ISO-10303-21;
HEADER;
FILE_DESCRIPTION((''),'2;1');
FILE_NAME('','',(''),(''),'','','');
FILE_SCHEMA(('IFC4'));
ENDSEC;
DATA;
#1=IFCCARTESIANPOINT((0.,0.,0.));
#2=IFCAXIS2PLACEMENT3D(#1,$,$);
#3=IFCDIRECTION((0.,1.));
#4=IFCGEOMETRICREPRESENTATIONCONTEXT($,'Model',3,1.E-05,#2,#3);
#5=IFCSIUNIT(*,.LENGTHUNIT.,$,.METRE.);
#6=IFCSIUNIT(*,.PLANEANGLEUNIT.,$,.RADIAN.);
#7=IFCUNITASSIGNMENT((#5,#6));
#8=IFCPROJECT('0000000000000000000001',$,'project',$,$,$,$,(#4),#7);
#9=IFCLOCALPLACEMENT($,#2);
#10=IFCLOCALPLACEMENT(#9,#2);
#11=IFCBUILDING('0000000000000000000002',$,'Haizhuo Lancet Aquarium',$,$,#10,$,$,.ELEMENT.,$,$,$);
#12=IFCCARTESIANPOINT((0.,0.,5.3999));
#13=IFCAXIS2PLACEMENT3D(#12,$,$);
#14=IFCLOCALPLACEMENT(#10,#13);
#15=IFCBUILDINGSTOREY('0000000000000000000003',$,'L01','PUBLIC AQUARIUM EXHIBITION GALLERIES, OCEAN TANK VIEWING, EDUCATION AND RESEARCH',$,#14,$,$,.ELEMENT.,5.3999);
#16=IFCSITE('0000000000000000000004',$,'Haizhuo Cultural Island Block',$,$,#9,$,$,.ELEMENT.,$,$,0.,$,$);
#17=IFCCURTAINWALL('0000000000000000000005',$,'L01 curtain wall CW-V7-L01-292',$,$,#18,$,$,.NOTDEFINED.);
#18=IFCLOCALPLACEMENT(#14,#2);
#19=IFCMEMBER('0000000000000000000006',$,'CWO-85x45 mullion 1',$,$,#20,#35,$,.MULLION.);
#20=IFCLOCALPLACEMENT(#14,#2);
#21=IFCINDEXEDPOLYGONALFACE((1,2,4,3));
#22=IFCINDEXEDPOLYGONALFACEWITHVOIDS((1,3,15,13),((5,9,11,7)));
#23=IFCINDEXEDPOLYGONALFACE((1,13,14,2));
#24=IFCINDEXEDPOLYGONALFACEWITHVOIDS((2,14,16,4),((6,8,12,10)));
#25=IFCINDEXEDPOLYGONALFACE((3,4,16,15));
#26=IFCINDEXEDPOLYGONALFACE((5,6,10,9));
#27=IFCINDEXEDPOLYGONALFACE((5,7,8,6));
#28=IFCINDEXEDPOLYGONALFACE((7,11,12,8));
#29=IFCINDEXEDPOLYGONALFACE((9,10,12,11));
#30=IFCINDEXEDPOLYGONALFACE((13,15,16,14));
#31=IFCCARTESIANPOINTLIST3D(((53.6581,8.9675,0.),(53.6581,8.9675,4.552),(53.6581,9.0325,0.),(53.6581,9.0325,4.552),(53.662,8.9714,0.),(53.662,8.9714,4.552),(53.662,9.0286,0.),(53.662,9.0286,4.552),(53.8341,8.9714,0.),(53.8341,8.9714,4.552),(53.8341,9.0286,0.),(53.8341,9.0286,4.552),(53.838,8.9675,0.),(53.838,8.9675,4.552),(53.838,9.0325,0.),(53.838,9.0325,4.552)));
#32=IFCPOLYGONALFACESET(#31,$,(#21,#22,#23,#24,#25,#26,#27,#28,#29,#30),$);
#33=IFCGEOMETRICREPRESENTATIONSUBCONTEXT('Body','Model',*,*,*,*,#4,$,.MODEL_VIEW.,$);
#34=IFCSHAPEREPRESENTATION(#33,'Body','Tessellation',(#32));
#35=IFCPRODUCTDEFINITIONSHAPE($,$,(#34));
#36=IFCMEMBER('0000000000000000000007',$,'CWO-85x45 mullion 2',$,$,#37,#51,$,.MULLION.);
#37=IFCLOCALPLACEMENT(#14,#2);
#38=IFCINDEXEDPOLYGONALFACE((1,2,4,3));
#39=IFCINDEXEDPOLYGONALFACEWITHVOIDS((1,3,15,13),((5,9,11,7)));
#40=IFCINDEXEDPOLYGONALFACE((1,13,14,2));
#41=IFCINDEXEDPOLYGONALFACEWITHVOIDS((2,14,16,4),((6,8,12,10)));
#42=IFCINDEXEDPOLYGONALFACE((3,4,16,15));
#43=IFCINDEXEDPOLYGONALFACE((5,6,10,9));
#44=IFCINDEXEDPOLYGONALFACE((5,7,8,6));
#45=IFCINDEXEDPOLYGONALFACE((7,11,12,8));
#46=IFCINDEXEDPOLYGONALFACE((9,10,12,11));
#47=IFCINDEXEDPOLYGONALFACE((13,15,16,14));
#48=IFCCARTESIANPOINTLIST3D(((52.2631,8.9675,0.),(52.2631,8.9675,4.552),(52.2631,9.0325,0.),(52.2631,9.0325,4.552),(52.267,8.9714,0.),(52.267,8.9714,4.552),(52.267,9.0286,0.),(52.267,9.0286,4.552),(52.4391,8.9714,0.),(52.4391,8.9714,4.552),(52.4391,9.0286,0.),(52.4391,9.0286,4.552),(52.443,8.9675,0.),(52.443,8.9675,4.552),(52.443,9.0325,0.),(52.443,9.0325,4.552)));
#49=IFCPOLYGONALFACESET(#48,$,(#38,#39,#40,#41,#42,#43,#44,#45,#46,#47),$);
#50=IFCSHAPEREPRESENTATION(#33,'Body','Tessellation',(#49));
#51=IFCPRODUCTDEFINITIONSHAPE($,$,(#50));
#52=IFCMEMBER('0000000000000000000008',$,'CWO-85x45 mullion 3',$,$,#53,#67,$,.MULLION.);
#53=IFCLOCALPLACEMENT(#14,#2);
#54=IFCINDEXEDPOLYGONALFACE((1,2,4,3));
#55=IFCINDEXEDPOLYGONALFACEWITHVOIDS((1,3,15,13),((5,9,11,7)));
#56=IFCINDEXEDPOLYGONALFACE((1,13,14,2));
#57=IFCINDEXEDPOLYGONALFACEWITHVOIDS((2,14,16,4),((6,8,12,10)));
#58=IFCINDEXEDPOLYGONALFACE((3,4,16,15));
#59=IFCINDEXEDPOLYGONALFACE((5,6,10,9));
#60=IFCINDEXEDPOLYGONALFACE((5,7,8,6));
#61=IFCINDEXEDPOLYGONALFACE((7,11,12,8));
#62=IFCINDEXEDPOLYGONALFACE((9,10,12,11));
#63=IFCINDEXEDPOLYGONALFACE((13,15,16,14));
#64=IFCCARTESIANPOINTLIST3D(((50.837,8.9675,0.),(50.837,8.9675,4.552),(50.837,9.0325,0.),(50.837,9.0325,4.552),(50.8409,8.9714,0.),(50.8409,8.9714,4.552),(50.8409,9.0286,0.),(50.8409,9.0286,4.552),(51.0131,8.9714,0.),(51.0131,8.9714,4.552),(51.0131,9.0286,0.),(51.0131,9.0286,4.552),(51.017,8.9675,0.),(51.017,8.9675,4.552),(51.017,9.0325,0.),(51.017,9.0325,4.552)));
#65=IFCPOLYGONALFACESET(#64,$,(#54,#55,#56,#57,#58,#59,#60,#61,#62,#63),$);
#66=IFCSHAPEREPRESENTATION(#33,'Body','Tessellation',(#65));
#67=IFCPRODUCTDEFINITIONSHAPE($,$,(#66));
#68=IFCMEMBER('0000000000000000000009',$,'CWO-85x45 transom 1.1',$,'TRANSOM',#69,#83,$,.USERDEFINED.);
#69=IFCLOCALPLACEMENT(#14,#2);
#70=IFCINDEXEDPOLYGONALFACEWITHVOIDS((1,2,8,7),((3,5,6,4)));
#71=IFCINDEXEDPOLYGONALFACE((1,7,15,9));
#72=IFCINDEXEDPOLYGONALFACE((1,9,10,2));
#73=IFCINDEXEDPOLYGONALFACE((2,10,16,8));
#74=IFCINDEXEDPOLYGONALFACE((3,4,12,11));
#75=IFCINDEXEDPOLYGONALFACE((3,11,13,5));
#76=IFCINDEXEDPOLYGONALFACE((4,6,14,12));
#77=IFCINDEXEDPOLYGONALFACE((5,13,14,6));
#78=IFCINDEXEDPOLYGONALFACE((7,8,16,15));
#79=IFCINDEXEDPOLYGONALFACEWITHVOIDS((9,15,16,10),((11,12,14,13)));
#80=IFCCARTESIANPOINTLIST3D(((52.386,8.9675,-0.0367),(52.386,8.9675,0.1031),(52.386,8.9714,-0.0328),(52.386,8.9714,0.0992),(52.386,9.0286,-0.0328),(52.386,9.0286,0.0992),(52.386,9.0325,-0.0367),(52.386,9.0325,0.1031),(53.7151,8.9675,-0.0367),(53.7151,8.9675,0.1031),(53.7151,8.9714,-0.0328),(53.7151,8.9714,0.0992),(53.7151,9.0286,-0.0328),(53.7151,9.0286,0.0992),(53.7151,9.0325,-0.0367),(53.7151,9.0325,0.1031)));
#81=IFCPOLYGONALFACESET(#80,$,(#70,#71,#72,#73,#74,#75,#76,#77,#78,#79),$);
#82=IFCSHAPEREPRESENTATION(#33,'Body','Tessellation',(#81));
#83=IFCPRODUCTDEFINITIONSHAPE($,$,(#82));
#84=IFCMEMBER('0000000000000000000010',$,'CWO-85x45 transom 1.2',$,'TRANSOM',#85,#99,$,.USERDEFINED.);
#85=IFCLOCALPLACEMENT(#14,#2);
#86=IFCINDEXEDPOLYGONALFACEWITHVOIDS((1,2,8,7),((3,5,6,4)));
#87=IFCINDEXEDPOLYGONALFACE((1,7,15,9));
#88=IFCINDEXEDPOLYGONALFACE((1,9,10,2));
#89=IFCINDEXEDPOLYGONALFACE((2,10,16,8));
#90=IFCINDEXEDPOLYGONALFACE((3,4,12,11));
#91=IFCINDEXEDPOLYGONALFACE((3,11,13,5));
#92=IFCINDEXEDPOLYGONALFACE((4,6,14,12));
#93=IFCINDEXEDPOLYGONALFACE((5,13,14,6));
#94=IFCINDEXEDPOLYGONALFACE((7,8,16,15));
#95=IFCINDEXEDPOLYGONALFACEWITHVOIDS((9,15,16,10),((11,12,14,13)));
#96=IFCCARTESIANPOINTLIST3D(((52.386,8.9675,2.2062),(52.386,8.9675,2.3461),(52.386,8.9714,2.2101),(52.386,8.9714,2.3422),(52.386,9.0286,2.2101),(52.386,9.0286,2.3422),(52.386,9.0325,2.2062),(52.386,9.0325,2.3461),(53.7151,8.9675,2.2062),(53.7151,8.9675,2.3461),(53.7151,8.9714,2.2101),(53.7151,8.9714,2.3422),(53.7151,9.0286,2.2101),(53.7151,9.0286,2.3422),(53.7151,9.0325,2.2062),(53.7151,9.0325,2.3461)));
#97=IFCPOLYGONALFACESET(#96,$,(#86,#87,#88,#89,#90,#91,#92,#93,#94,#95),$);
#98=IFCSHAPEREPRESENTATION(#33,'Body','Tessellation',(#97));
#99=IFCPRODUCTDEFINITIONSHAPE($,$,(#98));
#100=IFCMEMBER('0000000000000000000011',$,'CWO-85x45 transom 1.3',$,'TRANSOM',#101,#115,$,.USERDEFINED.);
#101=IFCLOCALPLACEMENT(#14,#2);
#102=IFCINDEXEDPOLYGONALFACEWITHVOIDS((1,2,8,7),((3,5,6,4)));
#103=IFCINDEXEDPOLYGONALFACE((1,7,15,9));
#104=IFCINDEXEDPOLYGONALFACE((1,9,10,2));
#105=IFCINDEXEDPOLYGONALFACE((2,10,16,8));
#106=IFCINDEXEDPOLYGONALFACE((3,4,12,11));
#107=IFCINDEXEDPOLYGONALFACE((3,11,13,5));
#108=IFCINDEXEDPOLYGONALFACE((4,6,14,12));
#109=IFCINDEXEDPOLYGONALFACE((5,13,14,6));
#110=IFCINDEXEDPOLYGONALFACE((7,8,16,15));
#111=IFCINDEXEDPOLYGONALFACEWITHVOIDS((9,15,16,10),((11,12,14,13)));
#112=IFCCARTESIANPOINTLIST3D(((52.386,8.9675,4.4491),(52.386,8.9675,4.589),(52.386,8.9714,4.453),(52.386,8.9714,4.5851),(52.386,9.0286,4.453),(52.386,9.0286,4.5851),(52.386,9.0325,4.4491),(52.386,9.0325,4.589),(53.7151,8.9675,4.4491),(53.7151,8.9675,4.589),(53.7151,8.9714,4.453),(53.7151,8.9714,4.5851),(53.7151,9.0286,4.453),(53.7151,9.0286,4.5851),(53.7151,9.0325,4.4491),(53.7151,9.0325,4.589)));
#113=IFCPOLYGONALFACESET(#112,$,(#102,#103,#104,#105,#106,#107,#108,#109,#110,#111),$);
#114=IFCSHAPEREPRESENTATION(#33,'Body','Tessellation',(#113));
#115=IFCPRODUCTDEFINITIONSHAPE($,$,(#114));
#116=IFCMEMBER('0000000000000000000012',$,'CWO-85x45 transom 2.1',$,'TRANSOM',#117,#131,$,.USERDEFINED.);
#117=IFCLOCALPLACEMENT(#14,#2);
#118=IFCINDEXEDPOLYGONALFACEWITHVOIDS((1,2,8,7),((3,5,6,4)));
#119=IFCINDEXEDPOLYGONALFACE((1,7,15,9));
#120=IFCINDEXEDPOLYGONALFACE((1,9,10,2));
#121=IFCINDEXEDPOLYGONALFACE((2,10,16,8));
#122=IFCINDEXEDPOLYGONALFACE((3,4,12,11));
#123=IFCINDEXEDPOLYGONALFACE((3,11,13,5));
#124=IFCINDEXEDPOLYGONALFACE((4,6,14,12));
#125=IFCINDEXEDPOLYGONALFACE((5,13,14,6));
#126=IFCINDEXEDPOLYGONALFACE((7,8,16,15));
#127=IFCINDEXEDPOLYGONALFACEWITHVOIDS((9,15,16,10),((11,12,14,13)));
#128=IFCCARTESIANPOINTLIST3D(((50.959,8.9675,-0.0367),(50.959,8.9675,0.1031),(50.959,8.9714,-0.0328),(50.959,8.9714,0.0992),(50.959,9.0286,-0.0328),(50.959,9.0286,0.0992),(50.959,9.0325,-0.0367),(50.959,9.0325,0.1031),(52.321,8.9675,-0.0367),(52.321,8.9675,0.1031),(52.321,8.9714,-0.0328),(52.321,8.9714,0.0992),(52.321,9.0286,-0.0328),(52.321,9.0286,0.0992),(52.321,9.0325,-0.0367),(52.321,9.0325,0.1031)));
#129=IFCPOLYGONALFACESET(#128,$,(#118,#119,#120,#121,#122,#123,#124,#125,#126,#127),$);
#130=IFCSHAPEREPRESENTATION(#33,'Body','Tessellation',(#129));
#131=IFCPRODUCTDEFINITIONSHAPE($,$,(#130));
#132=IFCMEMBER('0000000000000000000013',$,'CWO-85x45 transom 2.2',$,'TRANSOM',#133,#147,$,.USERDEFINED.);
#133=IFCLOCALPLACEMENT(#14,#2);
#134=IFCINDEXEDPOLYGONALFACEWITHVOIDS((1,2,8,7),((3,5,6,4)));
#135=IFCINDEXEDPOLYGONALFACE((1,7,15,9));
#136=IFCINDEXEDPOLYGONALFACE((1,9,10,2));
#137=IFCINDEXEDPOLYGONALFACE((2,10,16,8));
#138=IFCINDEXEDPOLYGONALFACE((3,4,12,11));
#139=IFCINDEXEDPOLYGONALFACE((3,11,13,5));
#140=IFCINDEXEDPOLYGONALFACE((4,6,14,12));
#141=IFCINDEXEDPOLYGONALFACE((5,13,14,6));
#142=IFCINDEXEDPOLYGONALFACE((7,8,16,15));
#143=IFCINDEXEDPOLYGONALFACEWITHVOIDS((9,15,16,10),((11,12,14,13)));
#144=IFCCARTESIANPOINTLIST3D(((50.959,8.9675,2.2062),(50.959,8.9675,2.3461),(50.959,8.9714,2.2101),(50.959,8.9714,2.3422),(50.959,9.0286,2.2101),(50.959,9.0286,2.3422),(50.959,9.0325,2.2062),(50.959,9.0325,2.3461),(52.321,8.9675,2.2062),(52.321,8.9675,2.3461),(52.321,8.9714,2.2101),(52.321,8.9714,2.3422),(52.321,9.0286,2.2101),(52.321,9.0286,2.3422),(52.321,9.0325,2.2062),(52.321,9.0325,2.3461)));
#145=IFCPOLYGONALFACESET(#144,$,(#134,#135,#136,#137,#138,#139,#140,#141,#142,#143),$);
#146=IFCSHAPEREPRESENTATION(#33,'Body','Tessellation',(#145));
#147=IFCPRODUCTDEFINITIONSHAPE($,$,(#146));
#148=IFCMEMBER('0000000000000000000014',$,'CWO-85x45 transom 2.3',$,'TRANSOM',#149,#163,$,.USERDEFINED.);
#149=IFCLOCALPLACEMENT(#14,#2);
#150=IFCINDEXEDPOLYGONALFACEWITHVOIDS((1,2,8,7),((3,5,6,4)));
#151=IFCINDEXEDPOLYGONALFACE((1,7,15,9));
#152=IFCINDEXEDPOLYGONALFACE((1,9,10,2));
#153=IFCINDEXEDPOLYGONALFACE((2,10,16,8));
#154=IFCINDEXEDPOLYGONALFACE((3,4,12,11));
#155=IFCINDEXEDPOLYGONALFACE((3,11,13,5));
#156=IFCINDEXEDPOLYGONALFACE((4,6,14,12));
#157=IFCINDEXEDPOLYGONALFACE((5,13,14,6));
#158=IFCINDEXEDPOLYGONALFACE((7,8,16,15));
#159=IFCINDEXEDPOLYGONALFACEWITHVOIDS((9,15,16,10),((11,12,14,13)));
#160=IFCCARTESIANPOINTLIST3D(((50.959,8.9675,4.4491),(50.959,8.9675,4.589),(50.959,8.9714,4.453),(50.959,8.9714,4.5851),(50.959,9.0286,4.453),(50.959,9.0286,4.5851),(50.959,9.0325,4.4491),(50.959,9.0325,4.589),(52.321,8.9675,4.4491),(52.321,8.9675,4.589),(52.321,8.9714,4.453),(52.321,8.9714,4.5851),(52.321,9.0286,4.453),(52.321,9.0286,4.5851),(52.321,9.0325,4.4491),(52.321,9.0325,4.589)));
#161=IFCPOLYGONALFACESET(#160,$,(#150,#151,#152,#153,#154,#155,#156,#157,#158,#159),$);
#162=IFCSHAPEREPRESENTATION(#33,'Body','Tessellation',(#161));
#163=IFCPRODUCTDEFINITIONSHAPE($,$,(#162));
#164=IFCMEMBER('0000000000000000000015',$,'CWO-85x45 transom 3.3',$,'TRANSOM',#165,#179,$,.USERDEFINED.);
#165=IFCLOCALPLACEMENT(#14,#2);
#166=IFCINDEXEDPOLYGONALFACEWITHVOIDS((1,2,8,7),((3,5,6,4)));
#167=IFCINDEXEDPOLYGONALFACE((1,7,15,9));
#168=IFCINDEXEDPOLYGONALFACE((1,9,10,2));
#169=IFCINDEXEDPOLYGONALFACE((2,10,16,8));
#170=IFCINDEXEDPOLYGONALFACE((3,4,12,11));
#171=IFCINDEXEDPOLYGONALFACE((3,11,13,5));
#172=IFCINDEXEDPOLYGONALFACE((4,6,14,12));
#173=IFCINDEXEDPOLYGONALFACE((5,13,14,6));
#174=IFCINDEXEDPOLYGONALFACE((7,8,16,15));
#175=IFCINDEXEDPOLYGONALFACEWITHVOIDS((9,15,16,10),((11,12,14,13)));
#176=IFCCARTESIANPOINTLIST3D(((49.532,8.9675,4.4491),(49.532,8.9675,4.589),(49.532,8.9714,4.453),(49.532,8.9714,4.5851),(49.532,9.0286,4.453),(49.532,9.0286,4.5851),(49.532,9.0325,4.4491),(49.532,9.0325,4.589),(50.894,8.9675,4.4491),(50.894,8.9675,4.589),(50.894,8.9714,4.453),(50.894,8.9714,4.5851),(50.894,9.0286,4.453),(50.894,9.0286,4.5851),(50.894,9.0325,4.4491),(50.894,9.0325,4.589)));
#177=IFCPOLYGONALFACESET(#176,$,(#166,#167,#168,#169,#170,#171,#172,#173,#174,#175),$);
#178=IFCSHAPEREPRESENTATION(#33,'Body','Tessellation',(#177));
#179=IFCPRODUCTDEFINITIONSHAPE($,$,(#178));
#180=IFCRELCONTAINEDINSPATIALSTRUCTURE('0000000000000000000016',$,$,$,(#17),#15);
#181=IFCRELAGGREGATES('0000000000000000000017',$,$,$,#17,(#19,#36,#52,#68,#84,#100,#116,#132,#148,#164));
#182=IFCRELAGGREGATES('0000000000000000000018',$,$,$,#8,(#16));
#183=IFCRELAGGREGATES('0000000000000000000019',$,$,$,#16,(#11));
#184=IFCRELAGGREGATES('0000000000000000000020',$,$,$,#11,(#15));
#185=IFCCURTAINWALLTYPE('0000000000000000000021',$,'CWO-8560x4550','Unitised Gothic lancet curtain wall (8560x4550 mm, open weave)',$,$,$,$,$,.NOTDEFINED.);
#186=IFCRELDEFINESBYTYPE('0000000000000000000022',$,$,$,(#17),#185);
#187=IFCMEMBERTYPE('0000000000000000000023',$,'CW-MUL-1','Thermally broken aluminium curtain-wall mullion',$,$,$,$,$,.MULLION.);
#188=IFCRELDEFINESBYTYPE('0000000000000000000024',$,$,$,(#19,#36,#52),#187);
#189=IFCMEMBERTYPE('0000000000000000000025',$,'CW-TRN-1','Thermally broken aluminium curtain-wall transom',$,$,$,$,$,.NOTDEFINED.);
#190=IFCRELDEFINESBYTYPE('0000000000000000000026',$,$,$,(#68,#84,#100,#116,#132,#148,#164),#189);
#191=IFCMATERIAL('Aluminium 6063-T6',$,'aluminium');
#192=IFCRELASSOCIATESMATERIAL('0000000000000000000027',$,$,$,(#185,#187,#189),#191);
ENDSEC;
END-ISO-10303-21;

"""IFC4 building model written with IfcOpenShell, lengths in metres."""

from ifc_helpers import new_model, si_unit, direction, frame, origin, origin_2d, place, context, subcontext, project, spatial, hollow_rectangle, extrude, material, material_profile, profile_set, type_object, element, aggregate, save


model = new_model("IFC4")

# Units and contexts
model_context = context("Model", 3, precision=1e-05, world=origin(), true_north=direction((0.0, 1.0)))
body_context = subcontext(model_context, "Body", "Model", "MODEL_VIEW")
ifc_project = project(units=[si_unit("LENGTHUNIT", "METRE"), si_unit("PLANEANGLEUNIT", "RADIAN")], contexts=[model_context])

# Site, building, storey
site_placement = place(None, origin())
site = spatial("IfcSite", under=ifc_project, at=site_placement, Name="Haizhuo Cultural Island Block", CompositionType="ELEMENT", RefElevation=0.0)
building_placement = place(site_placement, origin())
building = spatial("IfcBuilding", under=site, at=building_placement, Name="Haizhuo Lancet Aquarium", CompositionType="ELEMENT")
storey_placement = place(building_placement, frame((0.0, 0.0, 5.3999)))
storey = spatial("IfcBuildingStorey", under=building, at=storey_placement, Name="L01", Description="PUBLIC AQUARIUM EXHIBITION GALLERIES, OCEAN TANK VIEWING, EDUCATION AND RESEARCH", CompositionType="ELEMENT", Elevation=5.3999)

# Curtain wall, members
ifc_material_1 = material(Name="Aluminium 6063-T6", Category="aluminium")
curtain_wall_type = type_object("IfcCurtainWallType", Name="CWO-8560x4550", Description="Unitised Gothic lancet curtain wall (8560x4550 mm, open weave)", PredefinedType="NOTDEFINED", material=ifc_material_1)
curtain_wall_placement = place(storey_placement, origin())
curtain_wall = element("IfcCurtainWall", 1, at=curtain_wall_placement, inside=storey, type_object=curtain_wall_type, Name="L01 curtain wall CW-V7-L01-292", PredefinedType="NOTDEFINED")
ifc_material_profile_1 = material_profile(ifc_material_1, hollow_rectangle(XDim=0.0649, YDim=0.1799, WallThickness=0.0039, at=origin_2d()), Name="ALU-M 65x180x4")
ifc_profile_set_1 = profile_set([ifc_material_profile_1], Name="Aluminium 6063-T6")
member_type_1 = type_object("IfcMemberType", Name="CW-MUL-1", Description="Thermally broken aluminium curtain-wall mullion", PredefinedType="MULLION", material=ifc_profile_set_1)
member_1_placement = place(storey_placement, frame((53.748, 9.0, 0.0), z_axis=(0.0, 0.0, 1.0), x_axis=(0.0, -1.0, 0.0)))
member_1 = element("IfcMember", 2, at=member_1_placement, type_object=member_type_1, Name="CWO-85x45 mullion 1", PredefinedType="MULLION", context=body_context, shape_type="SweptSolid", body=[
    extrude(hollow_rectangle(XDim=0.0649, YDim=0.1799, WallThickness=0.0039, at=origin_2d()), origin(), (0.0, 0.0, 1.0), 4.552),
])
member_2_placement = place(storey_placement, frame((52.353, 9.0, 0.0), z_axis=(0.0, 0.0, 1.0), x_axis=(0.0, -1.0, 0.0)))
member_2 = element("IfcMember", 3, at=member_2_placement, type_object=member_type_1, Name="CWO-85x45 mullion 2", PredefinedType="MULLION", context=body_context, shape_type="SweptSolid", body=[
    extrude(hollow_rectangle(XDim=0.0649, YDim=0.1799, WallThickness=0.0039, at=origin_2d()), origin(), (0.0, 0.0, 1.0), 4.552),
])
member_3_placement = place(storey_placement, frame((50.927, 9.0, 0.0), z_axis=(0.0, 0.0, 1.0), x_axis=(0.0, -1.0, 0.0)))
member_3 = element("IfcMember", 4, at=member_3_placement, type_object=member_type_1, Name="CWO-85x45 mullion 3", PredefinedType="MULLION", context=body_context, shape_type="SweptSolid", body=[
    extrude(hollow_rectangle(XDim=0.0649, YDim=0.1799, WallThickness=0.0039, at=origin_2d()), origin(), (0.0, 0.0, 1.0), 4.552),
])
ifc_material_profile_2 = material_profile(ifc_material_1, hollow_rectangle(XDim=0.0649, YDim=0.1399, WallThickness=0.0039, at=origin_2d()), Name="ALU-T 65x140x4")
ifc_profile_set_2 = profile_set([ifc_material_profile_2], Name="Aluminium 6063-T6")
member_type_2 = type_object("IfcMemberType", Name="CW-TRN-1", Description="Thermally broken aluminium curtain-wall transom", PredefinedType="NOTDEFINED", material=ifc_profile_set_2)
member_4_placement = place(storey_placement, frame((53.7151, 9.0, 0.0332), z_axis=(-1.0, 0.0, 0.0), x_axis=(0.0, -1.0, 0.0)))
member_4 = element("IfcMember", 5, at=member_4_placement, type_object=member_type_2, Name="CWO-85x45 transom 1.1", ObjectType="TRANSOM", PredefinedType="USERDEFINED", context=body_context, shape_type="SweptSolid", body=[
    extrude(hollow_rectangle(XDim=0.0649, YDim=0.1399, WallThickness=0.0039, at=origin_2d()), origin(), (0.0, 0.0, 1.0), 1.3291),
])
member_5_placement = place(storey_placement, frame((53.7151, 9.0, 2.2761), z_axis=(-1.0, 0.0, 0.0), x_axis=(0.0, -1.0, 0.0)))
member_5 = element("IfcMember", 6, at=member_5_placement, type_object=member_type_2, Name="CWO-85x45 transom 1.2", ObjectType="TRANSOM", PredefinedType="USERDEFINED", context=body_context, shape_type="SweptSolid", body=[
    extrude(hollow_rectangle(XDim=0.0649, YDim=0.1399, WallThickness=0.0039, at=origin_2d()), origin(), (0.0, 0.0, 1.0), 1.3291),
])
member_6_placement = place(storey_placement, frame((53.7151, 9.0, 4.519), z_axis=(-1.0, 0.0, 0.0), x_axis=(0.0, -1.0, 0.0)))
member_6 = element("IfcMember", 7, at=member_6_placement, type_object=member_type_2, Name="CWO-85x45 transom 1.3", ObjectType="TRANSOM", PredefinedType="USERDEFINED", context=body_context, shape_type="SweptSolid", body=[
    extrude(hollow_rectangle(XDim=0.0649, YDim=0.1399, WallThickness=0.0039, at=origin_2d()), origin(), (0.0, 0.0, 1.0), 1.3291),
])
member_7_placement = place(storey_placement, frame((52.321, 9.0, 0.0332), z_axis=(-1.0, 0.0, 0.0), x_axis=(0.0, -1.0, 0.0)))
member_7 = element("IfcMember", 8, at=member_7_placement, type_object=member_type_2, Name="CWO-85x45 transom 2.1", ObjectType="TRANSOM", PredefinedType="USERDEFINED", context=body_context, shape_type="SweptSolid", body=[
    extrude(hollow_rectangle(XDim=0.0649, YDim=0.1399, WallThickness=0.0039, at=origin_2d()), origin(), (0.0, 0.0, 1.0), 1.3621),
])
member_8_placement = place(storey_placement, frame((52.321, 9.0, 2.2761), z_axis=(-1.0, 0.0, 0.0), x_axis=(0.0, -1.0, 0.0)))
member_8 = element("IfcMember", 9, at=member_8_placement, type_object=member_type_2, Name="CWO-85x45 transom 2.2", ObjectType="TRANSOM", PredefinedType="USERDEFINED", context=body_context, shape_type="SweptSolid", body=[
    extrude(hollow_rectangle(XDim=0.0649, YDim=0.1399, WallThickness=0.0039, at=origin_2d()), origin(), (0.0, 0.0, 1.0), 1.3621),
])
member_9_placement = place(storey_placement, frame((52.321, 9.0, 4.519), z_axis=(-1.0, 0.0, 0.0), x_axis=(0.0, -1.0, 0.0)))
member_9 = element("IfcMember", 10, at=member_9_placement, type_object=member_type_2, Name="CWO-85x45 transom 2.3", ObjectType="TRANSOM", PredefinedType="USERDEFINED", context=body_context, shape_type="SweptSolid", body=[
    extrude(hollow_rectangle(XDim=0.0649, YDim=0.1399, WallThickness=0.0039, at=origin_2d()), origin(), (0.0, 0.0, 1.0), 1.3621),
])
member_10_placement = place(storey_placement, frame((50.894, 9.0, 4.519), z_axis=(-1.0, 0.0, 0.0), x_axis=(0.0, -1.0, 0.0)))
member_10 = element("IfcMember", 11, at=member_10_placement, type_object=member_type_2, Name="CWO-85x45 transom 3.3", ObjectType="TRANSOM", PredefinedType="USERDEFINED", context=body_context, shape_type="SweptSolid", body=[
    extrude(hollow_rectangle(XDim=0.0649, YDim=0.1399, WallThickness=0.0039, at=origin_2d()), origin(), (0.0, 0.0, 1.0), 1.3621),
])

aggregate(curtain_wall, [member_1, member_2, member_3, member_4, member_5, member_6, member_7, member_8, member_9, member_10])

save(model, "model.ifc")
